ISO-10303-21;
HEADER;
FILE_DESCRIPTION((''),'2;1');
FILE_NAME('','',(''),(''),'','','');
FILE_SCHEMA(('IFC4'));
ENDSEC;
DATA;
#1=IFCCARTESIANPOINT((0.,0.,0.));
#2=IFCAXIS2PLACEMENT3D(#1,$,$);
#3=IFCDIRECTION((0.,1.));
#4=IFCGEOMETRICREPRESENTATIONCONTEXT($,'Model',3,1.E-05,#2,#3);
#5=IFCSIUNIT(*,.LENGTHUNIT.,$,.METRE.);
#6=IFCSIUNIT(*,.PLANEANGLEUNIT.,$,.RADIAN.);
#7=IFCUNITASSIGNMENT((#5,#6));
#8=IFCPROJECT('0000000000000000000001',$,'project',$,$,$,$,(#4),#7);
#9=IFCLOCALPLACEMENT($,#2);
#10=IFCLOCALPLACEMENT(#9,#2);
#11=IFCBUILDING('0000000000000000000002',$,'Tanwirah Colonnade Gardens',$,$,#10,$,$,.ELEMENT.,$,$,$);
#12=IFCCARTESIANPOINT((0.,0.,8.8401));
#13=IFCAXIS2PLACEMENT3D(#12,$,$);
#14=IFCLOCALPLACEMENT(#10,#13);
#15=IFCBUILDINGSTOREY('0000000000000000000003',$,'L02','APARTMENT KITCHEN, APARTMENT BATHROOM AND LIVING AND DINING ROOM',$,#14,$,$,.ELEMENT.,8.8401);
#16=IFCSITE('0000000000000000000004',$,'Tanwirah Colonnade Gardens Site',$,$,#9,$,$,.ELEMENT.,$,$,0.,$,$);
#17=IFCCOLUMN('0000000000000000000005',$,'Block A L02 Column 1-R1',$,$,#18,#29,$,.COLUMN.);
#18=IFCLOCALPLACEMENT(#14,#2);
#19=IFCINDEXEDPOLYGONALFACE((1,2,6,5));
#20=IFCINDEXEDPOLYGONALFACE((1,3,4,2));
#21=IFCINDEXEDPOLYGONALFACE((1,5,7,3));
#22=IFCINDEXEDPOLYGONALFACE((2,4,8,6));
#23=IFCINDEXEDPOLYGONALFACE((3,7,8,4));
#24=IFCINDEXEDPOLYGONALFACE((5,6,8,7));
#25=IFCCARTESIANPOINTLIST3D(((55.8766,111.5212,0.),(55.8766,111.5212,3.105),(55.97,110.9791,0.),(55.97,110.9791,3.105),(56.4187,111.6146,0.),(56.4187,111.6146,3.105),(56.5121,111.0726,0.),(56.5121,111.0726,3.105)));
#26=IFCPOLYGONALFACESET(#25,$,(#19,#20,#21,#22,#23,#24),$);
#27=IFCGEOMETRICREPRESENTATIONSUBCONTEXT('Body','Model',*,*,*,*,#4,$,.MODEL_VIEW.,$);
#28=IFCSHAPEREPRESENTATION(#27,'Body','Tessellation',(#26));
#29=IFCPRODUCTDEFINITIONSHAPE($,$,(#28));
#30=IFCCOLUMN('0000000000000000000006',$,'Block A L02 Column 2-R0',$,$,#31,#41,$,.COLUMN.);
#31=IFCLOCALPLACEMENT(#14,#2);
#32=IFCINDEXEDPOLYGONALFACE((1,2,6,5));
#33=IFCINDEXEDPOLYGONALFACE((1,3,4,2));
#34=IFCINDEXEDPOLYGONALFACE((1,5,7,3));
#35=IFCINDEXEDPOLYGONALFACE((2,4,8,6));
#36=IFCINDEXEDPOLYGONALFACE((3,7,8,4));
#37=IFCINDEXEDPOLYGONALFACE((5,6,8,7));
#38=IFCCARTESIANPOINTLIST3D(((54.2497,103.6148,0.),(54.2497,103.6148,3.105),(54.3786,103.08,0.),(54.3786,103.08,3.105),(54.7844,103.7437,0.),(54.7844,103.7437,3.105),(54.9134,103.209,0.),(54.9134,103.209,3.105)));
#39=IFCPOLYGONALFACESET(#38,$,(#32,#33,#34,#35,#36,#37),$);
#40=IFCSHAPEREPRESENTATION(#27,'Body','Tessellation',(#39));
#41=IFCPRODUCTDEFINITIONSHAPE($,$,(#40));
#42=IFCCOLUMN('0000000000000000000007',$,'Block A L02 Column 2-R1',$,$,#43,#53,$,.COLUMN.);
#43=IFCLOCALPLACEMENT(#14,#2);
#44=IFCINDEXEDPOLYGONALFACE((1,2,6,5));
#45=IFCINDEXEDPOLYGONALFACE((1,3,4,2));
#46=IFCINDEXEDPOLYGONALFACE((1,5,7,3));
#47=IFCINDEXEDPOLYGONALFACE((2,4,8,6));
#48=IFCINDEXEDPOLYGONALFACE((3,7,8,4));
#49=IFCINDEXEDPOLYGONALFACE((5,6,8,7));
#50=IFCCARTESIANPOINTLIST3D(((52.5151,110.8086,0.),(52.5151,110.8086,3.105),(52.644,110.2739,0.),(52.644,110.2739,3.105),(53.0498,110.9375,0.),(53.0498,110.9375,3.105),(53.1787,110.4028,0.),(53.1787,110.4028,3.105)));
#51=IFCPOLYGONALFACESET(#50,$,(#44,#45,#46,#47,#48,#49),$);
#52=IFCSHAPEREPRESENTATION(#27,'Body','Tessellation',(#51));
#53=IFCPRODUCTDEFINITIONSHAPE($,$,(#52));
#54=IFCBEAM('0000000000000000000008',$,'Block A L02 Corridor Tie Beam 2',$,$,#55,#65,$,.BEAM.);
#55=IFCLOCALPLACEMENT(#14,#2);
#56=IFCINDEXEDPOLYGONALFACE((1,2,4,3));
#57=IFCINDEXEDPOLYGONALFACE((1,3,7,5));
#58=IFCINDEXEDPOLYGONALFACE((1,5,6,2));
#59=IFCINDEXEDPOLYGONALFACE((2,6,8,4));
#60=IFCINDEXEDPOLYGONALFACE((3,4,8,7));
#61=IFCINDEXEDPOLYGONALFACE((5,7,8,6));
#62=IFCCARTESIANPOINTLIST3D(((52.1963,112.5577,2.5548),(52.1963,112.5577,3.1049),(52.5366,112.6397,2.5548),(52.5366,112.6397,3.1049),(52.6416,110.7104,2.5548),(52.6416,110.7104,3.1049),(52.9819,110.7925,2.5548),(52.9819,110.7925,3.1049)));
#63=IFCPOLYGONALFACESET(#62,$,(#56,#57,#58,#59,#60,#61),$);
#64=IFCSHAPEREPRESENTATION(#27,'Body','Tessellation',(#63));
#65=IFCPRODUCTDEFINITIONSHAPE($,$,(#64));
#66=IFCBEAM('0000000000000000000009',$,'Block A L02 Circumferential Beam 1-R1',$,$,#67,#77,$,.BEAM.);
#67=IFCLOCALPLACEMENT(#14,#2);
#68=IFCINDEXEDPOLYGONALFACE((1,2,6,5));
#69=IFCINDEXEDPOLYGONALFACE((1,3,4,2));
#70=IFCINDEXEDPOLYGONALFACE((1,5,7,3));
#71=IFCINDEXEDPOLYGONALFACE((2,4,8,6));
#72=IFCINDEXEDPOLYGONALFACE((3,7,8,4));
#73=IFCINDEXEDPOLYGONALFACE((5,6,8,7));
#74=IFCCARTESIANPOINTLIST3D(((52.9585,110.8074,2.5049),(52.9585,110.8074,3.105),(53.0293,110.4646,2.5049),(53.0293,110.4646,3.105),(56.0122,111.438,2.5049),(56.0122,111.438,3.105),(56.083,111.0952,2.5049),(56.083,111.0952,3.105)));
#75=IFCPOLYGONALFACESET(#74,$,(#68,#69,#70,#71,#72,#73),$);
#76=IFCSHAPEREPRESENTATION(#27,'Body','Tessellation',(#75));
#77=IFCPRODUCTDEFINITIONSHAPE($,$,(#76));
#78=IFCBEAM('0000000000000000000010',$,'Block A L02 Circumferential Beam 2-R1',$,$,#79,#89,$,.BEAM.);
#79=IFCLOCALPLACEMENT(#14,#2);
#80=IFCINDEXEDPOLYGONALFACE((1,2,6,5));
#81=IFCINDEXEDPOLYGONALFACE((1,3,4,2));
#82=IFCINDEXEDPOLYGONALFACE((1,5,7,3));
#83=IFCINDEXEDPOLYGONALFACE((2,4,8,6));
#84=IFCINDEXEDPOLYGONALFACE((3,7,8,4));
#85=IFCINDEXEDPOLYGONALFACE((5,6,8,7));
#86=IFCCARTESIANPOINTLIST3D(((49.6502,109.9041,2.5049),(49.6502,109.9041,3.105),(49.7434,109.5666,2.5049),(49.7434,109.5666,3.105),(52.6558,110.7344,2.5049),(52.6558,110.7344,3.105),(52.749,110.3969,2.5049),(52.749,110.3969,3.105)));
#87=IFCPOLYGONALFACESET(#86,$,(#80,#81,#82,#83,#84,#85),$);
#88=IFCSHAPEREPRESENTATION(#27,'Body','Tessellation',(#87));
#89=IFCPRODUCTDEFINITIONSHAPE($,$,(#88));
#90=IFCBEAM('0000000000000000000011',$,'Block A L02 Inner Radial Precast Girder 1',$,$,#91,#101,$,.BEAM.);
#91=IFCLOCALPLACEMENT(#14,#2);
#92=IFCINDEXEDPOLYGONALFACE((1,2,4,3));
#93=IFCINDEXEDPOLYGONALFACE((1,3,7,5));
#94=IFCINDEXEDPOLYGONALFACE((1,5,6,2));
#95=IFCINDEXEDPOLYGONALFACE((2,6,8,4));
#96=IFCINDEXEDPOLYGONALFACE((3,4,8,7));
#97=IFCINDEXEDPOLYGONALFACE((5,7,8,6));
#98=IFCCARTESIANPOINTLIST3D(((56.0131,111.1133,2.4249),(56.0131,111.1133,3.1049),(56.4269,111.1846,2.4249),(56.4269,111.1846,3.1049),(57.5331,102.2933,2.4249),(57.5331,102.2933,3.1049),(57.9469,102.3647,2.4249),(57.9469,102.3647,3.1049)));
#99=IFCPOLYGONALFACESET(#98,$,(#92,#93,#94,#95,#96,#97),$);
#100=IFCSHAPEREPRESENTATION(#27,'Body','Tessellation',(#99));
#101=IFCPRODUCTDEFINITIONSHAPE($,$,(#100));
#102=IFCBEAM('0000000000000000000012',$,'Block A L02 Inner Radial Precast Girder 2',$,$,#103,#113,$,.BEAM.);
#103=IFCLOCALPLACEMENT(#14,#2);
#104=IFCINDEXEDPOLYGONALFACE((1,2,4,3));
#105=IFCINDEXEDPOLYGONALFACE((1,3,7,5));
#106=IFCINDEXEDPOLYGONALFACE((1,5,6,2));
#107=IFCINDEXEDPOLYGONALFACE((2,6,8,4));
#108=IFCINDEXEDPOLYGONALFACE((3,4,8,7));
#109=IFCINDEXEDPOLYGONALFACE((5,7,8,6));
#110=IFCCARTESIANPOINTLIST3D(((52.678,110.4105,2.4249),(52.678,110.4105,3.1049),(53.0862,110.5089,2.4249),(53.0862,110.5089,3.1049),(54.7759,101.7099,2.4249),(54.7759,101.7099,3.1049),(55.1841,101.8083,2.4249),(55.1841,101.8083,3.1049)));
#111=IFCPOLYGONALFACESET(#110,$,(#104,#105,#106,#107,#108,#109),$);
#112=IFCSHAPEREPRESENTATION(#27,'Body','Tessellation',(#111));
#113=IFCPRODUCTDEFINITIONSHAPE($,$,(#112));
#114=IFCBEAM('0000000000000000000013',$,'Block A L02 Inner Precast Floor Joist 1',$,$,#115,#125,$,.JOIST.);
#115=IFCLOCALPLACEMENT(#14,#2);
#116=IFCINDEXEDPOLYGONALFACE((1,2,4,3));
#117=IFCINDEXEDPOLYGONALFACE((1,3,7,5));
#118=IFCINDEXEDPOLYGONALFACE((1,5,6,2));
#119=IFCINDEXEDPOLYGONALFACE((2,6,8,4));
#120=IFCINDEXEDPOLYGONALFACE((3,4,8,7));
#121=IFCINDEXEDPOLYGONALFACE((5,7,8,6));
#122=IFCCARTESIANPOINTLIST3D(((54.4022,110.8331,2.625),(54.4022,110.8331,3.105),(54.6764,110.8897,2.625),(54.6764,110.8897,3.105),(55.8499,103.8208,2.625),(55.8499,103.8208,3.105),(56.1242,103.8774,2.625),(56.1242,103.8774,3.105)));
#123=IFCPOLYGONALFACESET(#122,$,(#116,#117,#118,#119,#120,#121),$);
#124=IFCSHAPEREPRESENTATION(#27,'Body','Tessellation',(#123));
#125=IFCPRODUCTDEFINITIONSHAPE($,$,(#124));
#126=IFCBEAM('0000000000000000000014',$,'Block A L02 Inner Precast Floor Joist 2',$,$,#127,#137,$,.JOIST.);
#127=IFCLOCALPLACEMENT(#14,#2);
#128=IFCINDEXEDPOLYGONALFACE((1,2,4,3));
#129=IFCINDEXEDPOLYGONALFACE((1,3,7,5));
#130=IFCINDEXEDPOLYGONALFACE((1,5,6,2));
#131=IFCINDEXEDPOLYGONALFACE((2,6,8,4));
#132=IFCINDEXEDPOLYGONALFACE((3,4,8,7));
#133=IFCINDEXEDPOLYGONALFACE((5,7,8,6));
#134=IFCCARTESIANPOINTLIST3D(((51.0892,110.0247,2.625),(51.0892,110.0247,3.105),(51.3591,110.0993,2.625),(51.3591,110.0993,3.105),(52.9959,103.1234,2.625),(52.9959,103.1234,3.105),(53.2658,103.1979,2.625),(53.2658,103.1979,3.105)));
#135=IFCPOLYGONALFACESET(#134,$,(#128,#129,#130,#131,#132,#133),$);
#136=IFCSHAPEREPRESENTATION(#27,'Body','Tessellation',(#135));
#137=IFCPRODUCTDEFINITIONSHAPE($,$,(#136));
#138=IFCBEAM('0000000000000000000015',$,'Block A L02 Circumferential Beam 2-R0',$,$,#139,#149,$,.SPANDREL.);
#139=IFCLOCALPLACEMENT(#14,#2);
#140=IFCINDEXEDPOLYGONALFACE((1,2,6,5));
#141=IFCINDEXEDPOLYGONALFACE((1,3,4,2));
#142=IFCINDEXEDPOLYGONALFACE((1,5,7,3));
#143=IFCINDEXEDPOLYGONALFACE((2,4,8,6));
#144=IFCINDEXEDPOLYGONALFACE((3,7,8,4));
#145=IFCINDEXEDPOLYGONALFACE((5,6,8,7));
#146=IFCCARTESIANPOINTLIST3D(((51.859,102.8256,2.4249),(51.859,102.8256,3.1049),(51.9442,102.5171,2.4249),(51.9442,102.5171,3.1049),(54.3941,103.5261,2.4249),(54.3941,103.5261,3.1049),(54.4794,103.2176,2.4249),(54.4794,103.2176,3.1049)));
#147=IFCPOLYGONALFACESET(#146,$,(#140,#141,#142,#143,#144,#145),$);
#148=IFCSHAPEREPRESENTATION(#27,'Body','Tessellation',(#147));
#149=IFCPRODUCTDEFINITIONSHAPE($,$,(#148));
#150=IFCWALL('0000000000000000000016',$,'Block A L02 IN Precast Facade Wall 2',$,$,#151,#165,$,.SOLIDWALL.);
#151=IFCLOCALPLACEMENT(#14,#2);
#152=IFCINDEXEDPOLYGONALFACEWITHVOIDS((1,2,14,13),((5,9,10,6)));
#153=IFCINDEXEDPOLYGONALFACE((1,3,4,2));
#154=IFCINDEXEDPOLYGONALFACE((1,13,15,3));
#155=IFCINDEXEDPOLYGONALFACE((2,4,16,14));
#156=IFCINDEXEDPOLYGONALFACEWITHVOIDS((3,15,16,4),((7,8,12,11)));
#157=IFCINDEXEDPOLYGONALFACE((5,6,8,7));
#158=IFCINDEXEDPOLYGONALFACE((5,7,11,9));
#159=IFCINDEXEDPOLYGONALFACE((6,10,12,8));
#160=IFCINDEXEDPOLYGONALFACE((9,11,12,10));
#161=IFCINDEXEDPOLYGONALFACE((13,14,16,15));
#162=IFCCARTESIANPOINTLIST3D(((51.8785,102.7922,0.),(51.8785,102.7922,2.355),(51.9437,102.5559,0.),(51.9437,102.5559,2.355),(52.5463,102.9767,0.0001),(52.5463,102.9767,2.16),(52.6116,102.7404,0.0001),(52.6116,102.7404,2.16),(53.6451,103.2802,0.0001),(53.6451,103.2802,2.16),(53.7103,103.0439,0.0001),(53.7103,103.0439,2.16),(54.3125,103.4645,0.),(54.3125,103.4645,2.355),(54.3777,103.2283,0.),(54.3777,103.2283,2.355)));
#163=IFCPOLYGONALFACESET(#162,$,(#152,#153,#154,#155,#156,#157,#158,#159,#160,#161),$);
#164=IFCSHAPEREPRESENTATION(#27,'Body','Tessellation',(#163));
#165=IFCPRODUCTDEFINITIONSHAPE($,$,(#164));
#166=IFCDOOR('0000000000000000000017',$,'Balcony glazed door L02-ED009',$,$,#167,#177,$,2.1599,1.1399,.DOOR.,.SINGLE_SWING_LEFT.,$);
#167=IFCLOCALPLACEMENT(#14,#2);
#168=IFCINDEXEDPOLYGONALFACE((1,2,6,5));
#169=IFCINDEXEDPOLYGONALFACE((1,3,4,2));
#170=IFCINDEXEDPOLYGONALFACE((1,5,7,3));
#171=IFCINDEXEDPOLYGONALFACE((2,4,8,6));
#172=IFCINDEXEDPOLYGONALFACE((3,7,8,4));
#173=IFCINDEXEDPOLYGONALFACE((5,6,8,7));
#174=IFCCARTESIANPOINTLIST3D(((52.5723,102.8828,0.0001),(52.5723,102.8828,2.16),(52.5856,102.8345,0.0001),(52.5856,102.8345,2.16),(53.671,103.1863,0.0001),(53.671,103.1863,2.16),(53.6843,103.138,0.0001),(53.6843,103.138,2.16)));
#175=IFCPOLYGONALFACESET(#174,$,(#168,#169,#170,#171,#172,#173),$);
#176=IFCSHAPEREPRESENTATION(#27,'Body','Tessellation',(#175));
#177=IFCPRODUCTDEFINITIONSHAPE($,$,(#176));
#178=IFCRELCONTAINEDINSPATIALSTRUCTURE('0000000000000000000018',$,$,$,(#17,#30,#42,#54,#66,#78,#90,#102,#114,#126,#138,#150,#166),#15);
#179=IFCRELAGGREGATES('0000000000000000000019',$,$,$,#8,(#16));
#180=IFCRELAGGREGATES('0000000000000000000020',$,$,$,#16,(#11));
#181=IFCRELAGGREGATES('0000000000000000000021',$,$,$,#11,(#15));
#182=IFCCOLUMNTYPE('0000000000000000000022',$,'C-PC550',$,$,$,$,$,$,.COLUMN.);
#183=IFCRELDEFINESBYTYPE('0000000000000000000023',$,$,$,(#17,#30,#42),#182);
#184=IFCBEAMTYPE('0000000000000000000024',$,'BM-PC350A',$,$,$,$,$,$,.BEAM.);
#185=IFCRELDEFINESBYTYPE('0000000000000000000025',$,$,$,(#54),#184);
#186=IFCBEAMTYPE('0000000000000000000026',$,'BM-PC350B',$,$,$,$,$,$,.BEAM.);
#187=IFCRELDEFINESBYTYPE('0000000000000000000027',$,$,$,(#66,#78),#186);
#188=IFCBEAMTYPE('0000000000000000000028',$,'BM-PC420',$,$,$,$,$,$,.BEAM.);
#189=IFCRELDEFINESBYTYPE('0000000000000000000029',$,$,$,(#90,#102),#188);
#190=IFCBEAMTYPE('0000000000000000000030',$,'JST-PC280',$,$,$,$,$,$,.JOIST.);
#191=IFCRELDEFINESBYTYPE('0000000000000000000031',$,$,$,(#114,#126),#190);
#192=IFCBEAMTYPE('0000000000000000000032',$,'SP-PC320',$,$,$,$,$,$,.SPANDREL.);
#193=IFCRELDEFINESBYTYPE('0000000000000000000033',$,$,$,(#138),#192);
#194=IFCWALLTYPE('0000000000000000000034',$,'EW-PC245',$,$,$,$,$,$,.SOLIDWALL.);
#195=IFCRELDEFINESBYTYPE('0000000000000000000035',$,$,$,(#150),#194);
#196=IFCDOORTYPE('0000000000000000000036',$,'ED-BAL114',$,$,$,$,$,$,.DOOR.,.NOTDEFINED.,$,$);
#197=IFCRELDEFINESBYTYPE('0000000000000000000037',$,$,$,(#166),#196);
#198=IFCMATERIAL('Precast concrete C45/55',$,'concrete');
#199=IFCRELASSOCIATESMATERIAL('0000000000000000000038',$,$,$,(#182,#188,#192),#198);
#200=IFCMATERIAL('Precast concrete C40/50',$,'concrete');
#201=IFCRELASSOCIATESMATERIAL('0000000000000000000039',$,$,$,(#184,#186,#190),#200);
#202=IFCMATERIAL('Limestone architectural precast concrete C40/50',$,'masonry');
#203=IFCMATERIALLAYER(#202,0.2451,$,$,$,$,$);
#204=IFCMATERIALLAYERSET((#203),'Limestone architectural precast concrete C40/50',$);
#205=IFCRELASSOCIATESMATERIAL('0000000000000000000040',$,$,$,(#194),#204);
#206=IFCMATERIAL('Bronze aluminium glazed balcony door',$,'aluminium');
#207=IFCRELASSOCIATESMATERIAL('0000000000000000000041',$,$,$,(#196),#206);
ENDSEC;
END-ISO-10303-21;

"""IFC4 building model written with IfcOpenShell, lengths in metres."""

from ifc_helpers import new_model, si_unit, direction, frame, frame_2d, origin, origin_2d, place, context, subcontext, project, spatial, rectangle, extrude, material, layer, layer_set, material_profile, profile_set, type_object, element, fill, save


model = new_model("IFC4")

# Units and contexts
model_context = context("Model", 3, precision=1e-05, world=origin(), true_north=direction((0.0, 1.0)))
body_context = subcontext(model_context, "Body", "Model", "MODEL_VIEW")
ifc_project = project(units=[si_unit("LENGTHUNIT", "METRE"), si_unit("PLANEANGLEUNIT", "RADIAN")], contexts=[model_context])

# Site, building, storey
site_placement = place(None, origin())
site = spatial("IfcSite", under=ifc_project, at=site_placement, Name="Tanwirah Colonnade Gardens Site", CompositionType="ELEMENT", RefElevation=0.0)
building_placement = place(site_placement, origin())
building = spatial("IfcBuilding", under=site, at=building_placement, Name="Tanwirah Colonnade Gardens", CompositionType="ELEMENT")
storey_placement = place(building_placement, frame((0.0, 0.0, 8.8401)))
storey = spatial("IfcBuildingStorey", under=building, at=storey_placement, Name="L02", Description="APARTMENT KITCHEN, APARTMENT BATHROOM AND LIVING AND DINING ROOM", CompositionType="ELEMENT", Elevation=8.8401)

# Columns
ifc_material_1 = material(Name="Precast concrete C45/55", Category="concrete")
ifc_material_profile_1 = material_profile(ifc_material_1, rectangle(XDim=0.55, YDim=0.55, at=origin_2d()), Name="PC-COL 550x550")
ifc_profile_set_1 = profile_set([ifc_material_profile_1], Name="Precast concrete C45/55")
column_type = type_object("IfcColumnType", Name="C-PC550", PredefinedType="COLUMN", material=ifc_profile_set_1)
for number, where, z_axis, x_axis, name in (
    (1, (56.1943, 111.2969, 0.0), (0.0, 0.0, 1.0), (-0.169827, 0.985474, 0.0), "Block A L02 Column 1-R1"),
    (2, (54.5815, 103.4119, 0.0), (0.0, 0.0, 1.0), (-0.234388, 0.972143, 0.0), "Block A L02 Column 2-R0"),
    (3, (52.8469, 110.6057, 0.0), (0.0, 0.0, 1.0), (-0.234388, 0.972143, 0.0), "Block A L02 Column 2-R1"),
):
    element("IfcColumn", number, at=place(storey_placement, frame(where, z_axis=z_axis, x_axis=x_axis)), inside=storey, type_object=column_type, Name=name, PredefinedType="COLUMN", context=body_context, shape_type="SweptSolid", body=[
        extrude(rectangle(XDim=0.55, YDim=0.55, at=origin_2d()), origin(), (0.0, 0.0, 1.0), 3.105),
    ])

# Beams
ifc_material_2 = material(Name="Precast concrete C40/50", Category="concrete")
ifc_material_profile_2 = material_profile(ifc_material_2, rectangle(XDim=0.3501, YDim=0.55, at=origin_2d()), Name="PC-BM 350x550")
ifc_profile_set_2 = profile_set([ifc_material_profile_2], Name="Precast concrete C40/50")
beam_type_1 = type_object("IfcBeamType", Name="BM-PC350A", PredefinedType="BEAM", material=ifc_profile_set_2)
beam_1_placement = place(storey_placement, frame((52.8118, 110.7515, 2.8298), z_axis=(-0.234364, 0.972149, 0.0), x_axis=(-0.972149, -0.234364, 0.0)))
element("IfcBeam", 4, at=beam_1_placement, inside=storey, type_object=beam_type_1, Name="Block A L02 Corridor Tie Beam 2", PredefinedType="BEAM", context=body_context, shape_type="SweptSolid", body=[
    extrude(rectangle(XDim=0.3501, YDim=0.55, at=origin_2d()), origin(), (0.0, 0.0, 1.0), 1.9001),
])
ifc_material_profile_3 = material_profile(ifc_material_2, rectangle(XDim=0.3501, YDim=0.6001, at=origin_2d()), Name="PC-BM 350x600")
ifc_profile_set_3 = profile_set([ifc_material_profile_3], Name="Precast concrete C40/50")
beam_type_2 = type_object("IfcBeamType", Name="BM-PC350B", PredefinedType="BEAM", material=ifc_profile_set_3)
for number, where, z_axis, x_axis, name in (
    (5, (56.0476, 111.2666, 2.8049), (-0.979336, -0.202241, 0.0), (0.202241, -0.979336, 0.0), "Block A L02 Circumferential Beam 1-R1"),
    (6, (52.7024, 110.5657, 2.8049), (-0.963895, -0.266283, 0.0), (0.266283, -0.963895, 0.0), "Block A L02 Circumferential Beam 2-R1"),
):
    element("IfcBeam", number, at=place(storey_placement, frame(where, z_axis=z_axis, x_axis=x_axis)), inside=storey, type_object=beam_type_2, Name=name, PredefinedType="BEAM", context=body_context, shape_type="SweptSolid", body=[
        extrude(rectangle(XDim=0.3501, YDim=0.6001, at=origin_2d()), origin(), (0.0, 0.0, 1.0), 3.1182),
    ])
ifc_material_profile_4 = material_profile(ifc_material_1, rectangle(XDim=0.4199, YDim=0.6799, at=origin_2d()), Name="PC-BM 420x680")
ifc_profile_set_4 = profile_set([ifc_material_profile_4], Name="Precast concrete C45/55")
beam_type_3 = type_object("IfcBeamType", Name="BM-PC420", PredefinedType="BEAM", material=ifc_profile_set_4)
for number, where, z_axis, x_axis, name in (
    (7, (56.22, 111.1489, 2.7649), (0.169837, -0.985472, 0.0), (0.985472, 0.169837, 0.0), "Block A L02 Inner Radial Precast Girder 1"),
    (8, (52.8821, 110.4597, 2.7649), (0.234401, -0.97214, 0.0), (0.97214, 0.234401, 0.0), "Block A L02 Inner Radial Precast Girder 2"),
):
    element("IfcBeam", number, at=place(storey_placement, frame(where, z_axis=z_axis, x_axis=x_axis)), inside=storey, type_object=beam_type_3, Name=name, PredefinedType="BEAM", context=body_context, shape_type="SweptSolid", body=[
        extrude(rectangle(XDim=0.4199, YDim=0.6799, at=origin_2d()), origin(), (0.0, 0.0, 1.0), 8.95),
    ])
ifc_material_profile_5 = material_profile(ifc_material_2, rectangle(XDim=0.28, YDim=0.48, at=origin_2d()), Name="PC-JST 280x480")
ifc_profile_set_5 = profile_set([ifc_material_profile_5], Name="Precast concrete C40/50")
beam_type_4 = type_object("IfcBeamType", Name="JST-PC280", PredefinedType="JOIST", material=ifc_profile_set_5)
beam_2_placement = place(storey_placement, frame((55.9871, 103.8491, 2.865), z_axis=(-0.202197, 0.979345, 0.0), x_axis=(-0.979345, -0.202197, 0.0)))
element("IfcBeam", 9, at=beam_2_placement, inside=storey, type_object=beam_type_4, Name="Block A L02 Inner Precast Floor Joist 1", PredefinedType="JOIST", context=body_context, shape_type="SweptSolid", body=[
    extrude(rectangle(XDim=0.28, YDim=0.48, at=origin_2d()), origin(), (0.0, 0.0, 1.0), 7.1602),
])
beam_3_placement = place(storey_placement, frame((53.1309, 103.1606, 2.865), z_axis=(-0.266307, 0.963888, 0.0), x_axis=(-0.963888, -0.266307, 0.0)))
element("IfcBeam", 10, at=beam_3_placement, inside=storey, type_object=beam_type_4, Name="Block A L02 Inner Precast Floor Joist 2", PredefinedType="JOIST", context=body_context, shape_type="SweptSolid", body=[
    extrude(rectangle(XDim=0.28, YDim=0.48, at=origin_2d()), origin(), (0.0, 0.0, 1.0), 7.1599),
])
ifc_material_profile_6 = material_profile(ifc_material_1, rectangle(XDim=0.3201, YDim=0.6799, at=origin_2d()), Name="PC-SP 320x680")
ifc_profile_set_6 = profile_set([ifc_material_profile_6], Name="Precast concrete C45/55")
beam_type_5 = type_object("IfcBeamType", Name="SP-PC320", PredefinedType="SPANDREL", material=ifc_profile_set_6)
beam_4_placement = place(storey_placement, frame((54.4368, 103.3718, 2.7649), z_axis=(-0.963887, -0.266313, 0.0), x_axis=(0.266313, -0.963887, 0.0)))
element("IfcBeam", 11, at=beam_4_placement, inside=storey, type_object=beam_type_5, Name="Block A L02 Circumferential Beam 2-R0", PredefinedType="SPANDREL", context=body_context, shape_type="SweptSolid", body=[
    extrude(rectangle(XDim=0.3201, YDim=0.6799, at=origin_2d()), origin(), (0.0, 0.0, 1.0), 2.6301),
])

# Wall, opening, door
ifc_material_3 = material(Name="Limestone architectural precast concrete C40/50", Category="masonry")
ifc_layer_1 = layer(ifc_material_3, 0.2451)
ifc_layer_set_1 = layer_set([ifc_layer_1], Name="Limestone architectural precast concrete C40/50")
wall_type_1 = type_object("IfcWallType", Name="EW-PC245", PredefinedType="SOLIDWALL", material=ifc_layer_set_1)
wall_1_placement = place(storey_placement, frame((54.3452, 103.3464, 0.0), z_axis=(0.0, 0.0, 1.0), x_axis=(-0.963902, -0.266257, 0.0)))
wall_1 = element("IfcWall", 12, at=wall_1_placement, inside=storey, type_object=wall_type_1, Name="Block A L02 IN Precast Facade Wall 2", PredefinedType="SOLIDWALL", context=body_context, shape_type="SweptSolid", body=[
    extrude(rectangle(XDim=2.5251, YDim=0.2451, at=frame_2d((1.2627, 0.0))), origin(), (0.0, 0.0, 1.0), 2.355),
])
opening_1_placement = place(wall_1_placement, frame((0.6926, 0.0, 0.0)))
opening_1 = element("IfcOpeningElement", 13, at=opening_1_placement, cuts=wall_1, PredefinedType="OPENING", context=body_context, shape_type="SweptSolid", body=[
    extrude(rectangle(XDim=1.1399, YDim=2.1599, at=frame_2d((0.5698, 1.0801))), frame((0.0, 0.1326, 0.0), z_axis=(0.0, -1.0, 0.0), x_axis=(1.0, 0.0, 0.0)), (0.0, 0.0, 1.0), 0.2651),
])
ifc_material_4 = material(Name="Bronze aluminium glazed balcony door", Category="aluminium")
door_type_1 = type_object("IfcDoorType", Name="ED-BAL114", OperationType="NOTDEFINED", PredefinedType="DOOR", material=ifc_material_4)
door_1_placement = place(opening_1_placement, origin())
door_1 = element("IfcDoor", 14, at=door_1_placement, inside=storey, type_object=door_type_1, Name="Balcony glazed door L02-ED009", OperationType="SINGLE_SWING_LEFT", OverallHeight=2.1599, OverallWidth=1.1399, PredefinedType="DOOR", context=body_context, shape_type="SweptSolid", body=[
    extrude(rectangle(XDim=1.1399, YDim=2.1599, at=frame_2d((0.5698, 1.0801))), frame((0.0, 0.0249, 0.0), z_axis=(0.0, -1.0, 0.0), x_axis=(1.0, 0.0, 0.0)), (0.0, 0.0, 1.0), 0.05),
])
fill(opening_1, door_1)

save(model, "model.ifc")
